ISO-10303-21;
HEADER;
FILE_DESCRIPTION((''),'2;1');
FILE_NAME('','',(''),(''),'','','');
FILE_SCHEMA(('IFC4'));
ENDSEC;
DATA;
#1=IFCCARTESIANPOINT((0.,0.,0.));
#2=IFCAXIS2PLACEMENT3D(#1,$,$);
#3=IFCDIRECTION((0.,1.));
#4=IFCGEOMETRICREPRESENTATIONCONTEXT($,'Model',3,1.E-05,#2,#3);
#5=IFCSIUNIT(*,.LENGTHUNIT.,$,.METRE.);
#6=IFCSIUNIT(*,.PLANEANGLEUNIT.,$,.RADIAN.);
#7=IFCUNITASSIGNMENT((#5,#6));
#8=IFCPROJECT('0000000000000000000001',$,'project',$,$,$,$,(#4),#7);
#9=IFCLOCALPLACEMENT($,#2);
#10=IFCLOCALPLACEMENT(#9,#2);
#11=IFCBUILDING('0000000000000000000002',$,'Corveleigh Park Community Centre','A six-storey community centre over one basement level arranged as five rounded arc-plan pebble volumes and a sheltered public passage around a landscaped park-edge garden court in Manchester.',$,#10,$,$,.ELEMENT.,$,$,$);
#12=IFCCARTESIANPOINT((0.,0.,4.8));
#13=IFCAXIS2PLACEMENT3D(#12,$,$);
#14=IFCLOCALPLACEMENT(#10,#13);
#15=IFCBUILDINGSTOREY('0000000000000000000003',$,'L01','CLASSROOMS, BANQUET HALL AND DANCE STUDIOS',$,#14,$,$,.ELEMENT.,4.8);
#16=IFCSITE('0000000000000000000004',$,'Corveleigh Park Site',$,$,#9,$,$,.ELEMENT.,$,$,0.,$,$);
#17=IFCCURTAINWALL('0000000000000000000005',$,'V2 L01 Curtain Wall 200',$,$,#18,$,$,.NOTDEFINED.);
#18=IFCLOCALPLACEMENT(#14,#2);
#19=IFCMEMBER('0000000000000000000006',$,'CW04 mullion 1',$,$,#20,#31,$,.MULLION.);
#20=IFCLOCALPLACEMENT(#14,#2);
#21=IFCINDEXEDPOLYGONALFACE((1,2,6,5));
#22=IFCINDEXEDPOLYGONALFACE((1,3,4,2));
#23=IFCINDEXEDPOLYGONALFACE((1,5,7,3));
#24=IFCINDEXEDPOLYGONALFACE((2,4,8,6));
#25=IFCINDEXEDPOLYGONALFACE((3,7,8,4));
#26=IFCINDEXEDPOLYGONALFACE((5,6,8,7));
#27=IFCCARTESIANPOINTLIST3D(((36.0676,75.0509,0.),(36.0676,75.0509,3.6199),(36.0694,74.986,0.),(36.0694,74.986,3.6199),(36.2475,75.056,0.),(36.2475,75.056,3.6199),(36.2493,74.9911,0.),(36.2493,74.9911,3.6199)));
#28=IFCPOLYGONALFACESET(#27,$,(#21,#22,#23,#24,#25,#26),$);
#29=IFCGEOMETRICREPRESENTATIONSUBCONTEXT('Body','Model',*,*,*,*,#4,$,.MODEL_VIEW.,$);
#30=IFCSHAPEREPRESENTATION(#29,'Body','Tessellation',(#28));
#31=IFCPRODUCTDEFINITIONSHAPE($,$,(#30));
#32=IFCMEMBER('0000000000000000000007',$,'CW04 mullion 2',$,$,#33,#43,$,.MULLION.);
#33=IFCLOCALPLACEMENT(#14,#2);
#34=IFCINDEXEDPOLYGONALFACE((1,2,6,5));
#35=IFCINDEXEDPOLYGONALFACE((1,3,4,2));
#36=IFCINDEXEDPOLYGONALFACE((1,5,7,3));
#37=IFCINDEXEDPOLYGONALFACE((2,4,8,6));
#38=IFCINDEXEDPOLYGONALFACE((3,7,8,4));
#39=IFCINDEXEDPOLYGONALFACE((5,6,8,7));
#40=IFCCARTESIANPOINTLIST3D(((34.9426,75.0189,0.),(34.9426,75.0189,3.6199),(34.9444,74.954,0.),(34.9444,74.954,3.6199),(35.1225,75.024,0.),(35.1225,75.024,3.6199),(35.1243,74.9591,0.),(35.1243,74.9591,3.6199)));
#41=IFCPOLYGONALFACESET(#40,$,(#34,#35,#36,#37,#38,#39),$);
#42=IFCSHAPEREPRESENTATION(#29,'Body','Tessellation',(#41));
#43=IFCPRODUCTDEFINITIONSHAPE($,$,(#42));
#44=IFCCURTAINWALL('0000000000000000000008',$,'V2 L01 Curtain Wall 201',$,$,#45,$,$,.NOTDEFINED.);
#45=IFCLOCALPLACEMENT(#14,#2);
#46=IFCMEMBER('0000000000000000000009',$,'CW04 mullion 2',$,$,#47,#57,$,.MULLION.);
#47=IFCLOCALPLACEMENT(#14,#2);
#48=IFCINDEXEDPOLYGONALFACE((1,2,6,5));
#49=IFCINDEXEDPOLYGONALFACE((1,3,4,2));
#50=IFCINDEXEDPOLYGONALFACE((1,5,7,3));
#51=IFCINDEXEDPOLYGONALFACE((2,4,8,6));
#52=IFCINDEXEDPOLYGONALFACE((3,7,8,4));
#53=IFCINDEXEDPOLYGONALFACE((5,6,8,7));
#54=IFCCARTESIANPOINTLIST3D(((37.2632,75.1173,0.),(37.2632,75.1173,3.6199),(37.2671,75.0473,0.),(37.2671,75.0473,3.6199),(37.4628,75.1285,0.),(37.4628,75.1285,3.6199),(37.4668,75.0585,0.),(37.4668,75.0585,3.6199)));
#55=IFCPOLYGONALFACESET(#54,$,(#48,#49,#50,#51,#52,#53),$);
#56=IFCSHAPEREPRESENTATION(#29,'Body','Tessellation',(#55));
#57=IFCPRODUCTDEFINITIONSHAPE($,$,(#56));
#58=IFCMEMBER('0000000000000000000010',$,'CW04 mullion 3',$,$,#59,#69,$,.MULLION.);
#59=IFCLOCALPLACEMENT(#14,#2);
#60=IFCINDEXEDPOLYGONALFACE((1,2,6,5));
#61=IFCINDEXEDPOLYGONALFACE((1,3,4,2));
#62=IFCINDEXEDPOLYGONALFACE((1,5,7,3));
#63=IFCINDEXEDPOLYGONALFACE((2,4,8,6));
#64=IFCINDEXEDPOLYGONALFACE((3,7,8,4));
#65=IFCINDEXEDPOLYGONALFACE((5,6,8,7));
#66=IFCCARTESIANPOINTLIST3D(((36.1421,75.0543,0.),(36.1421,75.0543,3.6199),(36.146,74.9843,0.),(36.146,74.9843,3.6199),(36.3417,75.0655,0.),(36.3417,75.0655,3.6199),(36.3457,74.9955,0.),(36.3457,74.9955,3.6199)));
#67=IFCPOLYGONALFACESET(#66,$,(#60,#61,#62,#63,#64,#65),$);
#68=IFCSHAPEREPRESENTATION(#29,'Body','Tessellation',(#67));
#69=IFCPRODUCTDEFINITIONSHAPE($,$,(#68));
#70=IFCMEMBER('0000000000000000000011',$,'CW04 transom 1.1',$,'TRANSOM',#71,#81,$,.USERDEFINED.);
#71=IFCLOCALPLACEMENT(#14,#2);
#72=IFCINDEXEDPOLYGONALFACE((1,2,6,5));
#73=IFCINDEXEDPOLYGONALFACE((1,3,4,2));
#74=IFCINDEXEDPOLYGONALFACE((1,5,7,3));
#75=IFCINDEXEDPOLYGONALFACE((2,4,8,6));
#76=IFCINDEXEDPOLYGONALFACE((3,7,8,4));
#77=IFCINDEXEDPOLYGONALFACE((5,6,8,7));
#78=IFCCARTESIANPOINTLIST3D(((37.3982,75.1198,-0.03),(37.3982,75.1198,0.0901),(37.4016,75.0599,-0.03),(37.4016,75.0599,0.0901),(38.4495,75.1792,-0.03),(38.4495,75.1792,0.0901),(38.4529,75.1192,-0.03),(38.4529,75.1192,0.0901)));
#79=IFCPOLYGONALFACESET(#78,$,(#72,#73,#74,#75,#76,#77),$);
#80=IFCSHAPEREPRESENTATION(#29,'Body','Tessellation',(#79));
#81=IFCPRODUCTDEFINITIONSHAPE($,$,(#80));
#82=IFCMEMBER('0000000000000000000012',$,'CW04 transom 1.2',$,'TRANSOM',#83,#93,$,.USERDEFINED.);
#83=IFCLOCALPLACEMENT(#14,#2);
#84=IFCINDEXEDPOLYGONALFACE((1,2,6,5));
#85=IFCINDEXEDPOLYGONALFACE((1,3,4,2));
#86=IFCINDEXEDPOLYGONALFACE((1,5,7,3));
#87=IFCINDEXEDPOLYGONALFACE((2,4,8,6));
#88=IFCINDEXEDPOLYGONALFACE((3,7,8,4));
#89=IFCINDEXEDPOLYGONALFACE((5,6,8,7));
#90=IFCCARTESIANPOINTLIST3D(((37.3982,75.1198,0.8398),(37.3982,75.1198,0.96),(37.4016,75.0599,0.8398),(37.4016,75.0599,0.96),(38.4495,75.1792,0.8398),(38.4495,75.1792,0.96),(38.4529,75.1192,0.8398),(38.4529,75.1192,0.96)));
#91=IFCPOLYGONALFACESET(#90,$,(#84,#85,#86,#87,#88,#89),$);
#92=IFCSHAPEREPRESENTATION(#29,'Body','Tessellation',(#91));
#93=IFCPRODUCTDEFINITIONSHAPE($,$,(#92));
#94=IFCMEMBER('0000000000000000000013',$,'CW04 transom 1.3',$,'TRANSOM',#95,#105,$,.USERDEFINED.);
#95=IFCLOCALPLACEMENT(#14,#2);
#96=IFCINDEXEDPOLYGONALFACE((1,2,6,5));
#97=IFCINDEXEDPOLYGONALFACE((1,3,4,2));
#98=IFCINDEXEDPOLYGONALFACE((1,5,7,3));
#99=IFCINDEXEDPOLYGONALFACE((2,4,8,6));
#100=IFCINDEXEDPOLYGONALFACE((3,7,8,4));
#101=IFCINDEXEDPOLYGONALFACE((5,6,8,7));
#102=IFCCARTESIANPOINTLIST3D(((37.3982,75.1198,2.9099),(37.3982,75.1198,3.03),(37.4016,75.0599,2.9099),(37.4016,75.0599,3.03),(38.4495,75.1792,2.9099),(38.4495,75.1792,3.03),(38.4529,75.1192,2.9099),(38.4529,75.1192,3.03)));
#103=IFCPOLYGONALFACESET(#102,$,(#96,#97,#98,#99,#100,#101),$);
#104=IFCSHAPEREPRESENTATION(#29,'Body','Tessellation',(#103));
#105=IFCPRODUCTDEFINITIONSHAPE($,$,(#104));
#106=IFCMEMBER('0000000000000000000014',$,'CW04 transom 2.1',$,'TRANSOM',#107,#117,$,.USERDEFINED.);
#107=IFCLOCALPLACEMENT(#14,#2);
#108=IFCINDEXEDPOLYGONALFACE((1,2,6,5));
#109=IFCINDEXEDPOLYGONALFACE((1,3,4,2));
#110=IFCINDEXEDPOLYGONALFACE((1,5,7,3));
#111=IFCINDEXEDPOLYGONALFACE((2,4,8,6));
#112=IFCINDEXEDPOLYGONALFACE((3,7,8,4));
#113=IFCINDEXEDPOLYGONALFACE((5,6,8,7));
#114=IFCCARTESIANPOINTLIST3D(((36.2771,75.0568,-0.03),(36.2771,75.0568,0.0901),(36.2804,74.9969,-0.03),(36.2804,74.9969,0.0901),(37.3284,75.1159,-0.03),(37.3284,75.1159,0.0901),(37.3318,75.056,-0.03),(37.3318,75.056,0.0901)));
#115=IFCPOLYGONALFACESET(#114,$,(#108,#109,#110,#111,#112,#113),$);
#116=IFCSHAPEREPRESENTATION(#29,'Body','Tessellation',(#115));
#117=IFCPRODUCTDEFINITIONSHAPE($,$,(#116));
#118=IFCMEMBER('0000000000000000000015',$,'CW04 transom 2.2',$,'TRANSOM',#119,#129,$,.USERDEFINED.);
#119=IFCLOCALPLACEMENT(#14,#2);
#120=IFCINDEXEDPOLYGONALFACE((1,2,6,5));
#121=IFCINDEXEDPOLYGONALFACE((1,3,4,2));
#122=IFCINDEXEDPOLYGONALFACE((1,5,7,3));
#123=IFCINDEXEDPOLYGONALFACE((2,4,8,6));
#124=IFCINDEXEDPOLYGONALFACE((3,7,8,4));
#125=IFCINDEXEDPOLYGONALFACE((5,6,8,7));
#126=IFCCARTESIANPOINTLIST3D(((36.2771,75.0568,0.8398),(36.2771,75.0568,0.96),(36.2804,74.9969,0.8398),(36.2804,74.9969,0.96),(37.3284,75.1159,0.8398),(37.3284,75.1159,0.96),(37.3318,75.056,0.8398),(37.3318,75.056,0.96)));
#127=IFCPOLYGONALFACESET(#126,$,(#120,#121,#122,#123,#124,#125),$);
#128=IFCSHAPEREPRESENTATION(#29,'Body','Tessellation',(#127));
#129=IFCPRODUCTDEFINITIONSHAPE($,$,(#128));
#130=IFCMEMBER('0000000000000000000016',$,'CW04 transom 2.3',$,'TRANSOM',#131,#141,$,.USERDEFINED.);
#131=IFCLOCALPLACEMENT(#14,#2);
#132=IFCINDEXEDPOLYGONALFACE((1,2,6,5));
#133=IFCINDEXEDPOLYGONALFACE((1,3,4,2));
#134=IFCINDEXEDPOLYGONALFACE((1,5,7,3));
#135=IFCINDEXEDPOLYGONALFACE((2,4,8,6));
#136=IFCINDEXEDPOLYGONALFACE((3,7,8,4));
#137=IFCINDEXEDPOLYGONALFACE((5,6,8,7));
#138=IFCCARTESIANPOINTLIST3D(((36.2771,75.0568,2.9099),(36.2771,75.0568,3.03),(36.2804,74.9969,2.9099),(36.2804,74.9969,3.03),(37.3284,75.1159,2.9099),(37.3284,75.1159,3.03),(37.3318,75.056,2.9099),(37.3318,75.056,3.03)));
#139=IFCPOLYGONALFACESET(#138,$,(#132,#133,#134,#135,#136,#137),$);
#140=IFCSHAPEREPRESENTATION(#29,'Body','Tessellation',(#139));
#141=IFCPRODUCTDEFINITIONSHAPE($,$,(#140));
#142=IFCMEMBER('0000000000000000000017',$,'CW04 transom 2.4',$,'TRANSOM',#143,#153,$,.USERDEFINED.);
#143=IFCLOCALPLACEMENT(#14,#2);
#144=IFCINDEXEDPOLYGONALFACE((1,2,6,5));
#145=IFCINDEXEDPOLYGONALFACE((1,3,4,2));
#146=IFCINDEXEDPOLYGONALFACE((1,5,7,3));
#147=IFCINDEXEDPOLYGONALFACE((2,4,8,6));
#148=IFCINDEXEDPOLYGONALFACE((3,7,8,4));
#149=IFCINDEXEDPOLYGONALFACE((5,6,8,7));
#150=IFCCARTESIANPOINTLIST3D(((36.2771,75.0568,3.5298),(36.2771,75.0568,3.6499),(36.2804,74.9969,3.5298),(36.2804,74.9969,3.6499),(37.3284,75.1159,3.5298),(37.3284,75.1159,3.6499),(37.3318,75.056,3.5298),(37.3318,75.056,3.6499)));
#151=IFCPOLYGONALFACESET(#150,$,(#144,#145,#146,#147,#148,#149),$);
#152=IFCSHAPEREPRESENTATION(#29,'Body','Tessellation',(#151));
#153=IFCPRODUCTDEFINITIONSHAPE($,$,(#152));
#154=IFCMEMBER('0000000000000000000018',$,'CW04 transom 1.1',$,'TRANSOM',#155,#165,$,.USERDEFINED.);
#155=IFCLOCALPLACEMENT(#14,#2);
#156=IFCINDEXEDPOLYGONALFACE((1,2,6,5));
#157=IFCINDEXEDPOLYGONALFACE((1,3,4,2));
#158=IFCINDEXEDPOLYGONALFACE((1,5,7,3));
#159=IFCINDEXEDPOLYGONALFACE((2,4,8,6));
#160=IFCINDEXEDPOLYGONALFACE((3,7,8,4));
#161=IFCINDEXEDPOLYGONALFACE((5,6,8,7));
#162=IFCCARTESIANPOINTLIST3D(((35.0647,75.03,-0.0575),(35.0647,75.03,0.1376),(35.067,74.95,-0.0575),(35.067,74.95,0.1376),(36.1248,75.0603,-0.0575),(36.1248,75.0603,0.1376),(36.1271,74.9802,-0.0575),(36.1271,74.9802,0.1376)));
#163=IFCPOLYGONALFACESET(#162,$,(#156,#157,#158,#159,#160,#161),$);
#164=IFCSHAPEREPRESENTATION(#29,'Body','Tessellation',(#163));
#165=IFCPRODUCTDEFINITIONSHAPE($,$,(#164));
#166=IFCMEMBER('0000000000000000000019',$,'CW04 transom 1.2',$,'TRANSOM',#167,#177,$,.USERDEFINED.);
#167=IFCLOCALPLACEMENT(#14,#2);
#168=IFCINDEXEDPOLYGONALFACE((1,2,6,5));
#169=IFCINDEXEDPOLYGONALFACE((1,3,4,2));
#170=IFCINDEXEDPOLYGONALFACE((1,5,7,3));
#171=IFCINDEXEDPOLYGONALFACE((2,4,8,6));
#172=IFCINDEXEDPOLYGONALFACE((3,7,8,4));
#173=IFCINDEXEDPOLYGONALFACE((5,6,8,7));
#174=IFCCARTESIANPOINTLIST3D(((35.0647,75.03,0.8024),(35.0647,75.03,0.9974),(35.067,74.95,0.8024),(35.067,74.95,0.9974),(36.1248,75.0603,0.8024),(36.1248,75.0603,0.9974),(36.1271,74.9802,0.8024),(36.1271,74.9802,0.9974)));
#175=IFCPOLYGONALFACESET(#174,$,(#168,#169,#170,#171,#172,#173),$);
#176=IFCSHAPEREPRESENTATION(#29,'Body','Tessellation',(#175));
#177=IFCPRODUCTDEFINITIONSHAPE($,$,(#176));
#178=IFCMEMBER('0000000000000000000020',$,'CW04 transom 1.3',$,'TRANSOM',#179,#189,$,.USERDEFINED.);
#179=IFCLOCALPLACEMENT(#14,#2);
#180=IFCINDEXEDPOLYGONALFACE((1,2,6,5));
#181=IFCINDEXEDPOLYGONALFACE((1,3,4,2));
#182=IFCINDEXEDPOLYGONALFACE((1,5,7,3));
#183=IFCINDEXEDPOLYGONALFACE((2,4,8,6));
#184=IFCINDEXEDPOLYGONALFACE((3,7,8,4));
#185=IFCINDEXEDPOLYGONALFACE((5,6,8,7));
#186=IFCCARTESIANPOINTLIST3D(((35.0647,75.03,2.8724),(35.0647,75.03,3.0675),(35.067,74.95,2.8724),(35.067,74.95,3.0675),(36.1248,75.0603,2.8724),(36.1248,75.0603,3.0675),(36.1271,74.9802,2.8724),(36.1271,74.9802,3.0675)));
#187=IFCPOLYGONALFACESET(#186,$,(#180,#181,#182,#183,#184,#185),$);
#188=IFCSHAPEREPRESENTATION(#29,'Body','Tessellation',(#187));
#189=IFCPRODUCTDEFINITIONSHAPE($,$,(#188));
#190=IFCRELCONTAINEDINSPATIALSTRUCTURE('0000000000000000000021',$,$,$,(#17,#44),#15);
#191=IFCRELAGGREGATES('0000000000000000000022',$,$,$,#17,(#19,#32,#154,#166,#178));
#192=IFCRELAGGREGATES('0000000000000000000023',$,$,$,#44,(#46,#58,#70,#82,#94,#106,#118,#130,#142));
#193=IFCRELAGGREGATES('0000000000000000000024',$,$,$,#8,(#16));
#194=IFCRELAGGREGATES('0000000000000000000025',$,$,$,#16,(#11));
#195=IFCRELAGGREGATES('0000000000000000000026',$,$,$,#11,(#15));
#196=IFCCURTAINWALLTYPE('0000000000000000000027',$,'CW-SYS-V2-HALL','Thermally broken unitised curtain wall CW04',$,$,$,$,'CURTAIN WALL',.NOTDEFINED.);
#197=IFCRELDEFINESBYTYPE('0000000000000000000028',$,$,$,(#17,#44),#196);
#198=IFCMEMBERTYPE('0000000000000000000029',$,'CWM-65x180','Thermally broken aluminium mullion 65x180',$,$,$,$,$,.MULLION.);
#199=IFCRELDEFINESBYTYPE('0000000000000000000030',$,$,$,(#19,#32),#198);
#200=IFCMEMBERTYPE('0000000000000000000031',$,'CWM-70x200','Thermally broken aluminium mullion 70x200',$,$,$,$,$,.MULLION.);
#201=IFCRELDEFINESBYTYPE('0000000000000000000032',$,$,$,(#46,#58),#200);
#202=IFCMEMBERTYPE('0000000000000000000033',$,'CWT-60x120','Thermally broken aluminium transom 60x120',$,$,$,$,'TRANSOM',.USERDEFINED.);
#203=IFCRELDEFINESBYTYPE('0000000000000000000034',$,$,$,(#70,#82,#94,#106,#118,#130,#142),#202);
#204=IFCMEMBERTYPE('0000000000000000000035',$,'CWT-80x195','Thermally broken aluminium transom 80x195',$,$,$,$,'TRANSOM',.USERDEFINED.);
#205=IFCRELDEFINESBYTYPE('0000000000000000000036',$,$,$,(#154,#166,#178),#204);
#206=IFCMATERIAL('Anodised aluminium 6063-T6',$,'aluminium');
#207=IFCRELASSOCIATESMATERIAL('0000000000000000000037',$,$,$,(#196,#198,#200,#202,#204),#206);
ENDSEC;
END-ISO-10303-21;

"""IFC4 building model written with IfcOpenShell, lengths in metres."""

from ifc_helpers import new_model, si_unit, direction, frame, origin, origin_2d, place, context, subcontext, project, spatial, rectangle, extrude, material, material_profile, profile_set, type_object, element, aggregate, save


model = new_model("IFC4")

# Units and contexts
model_context = context("Model", 3, precision=1e-05, world=origin(), true_north=direction((0.0, 1.0)))
body_context = subcontext(model_context, "Body", "Model", "MODEL_VIEW")
ifc_project = project(units=[si_unit("LENGTHUNIT", "METRE"), si_unit("PLANEANGLEUNIT", "RADIAN")], contexts=[model_context])

# Site, building, storey
site_placement = place(None, origin())
site = spatial("IfcSite", under=ifc_project, at=site_placement, Name="Corveleigh Park Site", CompositionType="ELEMENT", RefElevation=0.0)
building_placement = place(site_placement, origin())
building = spatial("IfcBuilding", under=site, at=building_placement, Name="Corveleigh Park Community Centre", Description="A six-storey community centre over one basement level arranged as five rounded arc-plan pebble volumes and a sheltered public passage around a landscaped park-edge garden court in Manchester.", CompositionType="ELEMENT")
storey_placement = place(building_placement, frame((0.0, 0.0, 4.8)))
storey = spatial("IfcBuildingStorey", under=building, at=storey_placement, Name="L01", Description="CLASSROOMS, BANQUET HALL AND DANCE STUDIOS", CompositionType="ELEMENT", Elevation=4.8)

# Curtain walls, members
ifc_material_1 = material(Name="Anodised aluminium 6063-T6", Category="aluminium")
curtain_wall_type = type_object("IfcCurtainWallType", Name="CW-SYS-V2-HALL", Description="Thermally broken unitised curtain wall CW04", ElementType="CURTAIN WALL", PredefinedType="NOTDEFINED", material=ifc_material_1)
curtain_wall_1_placement = place(storey_placement, origin())
curtain_wall_1 = element("IfcCurtainWall", 1, at=curtain_wall_1_placement, inside=storey, type_object=curtain_wall_type, Name="V2 L01 Curtain Wall 200", PredefinedType="NOTDEFINED")
ifc_material_profile_1 = material_profile(ifc_material_1, rectangle(XDim=0.0649, YDim=0.1799, at=origin_2d()), Name="ALU-M65x180", Category="aluminium")
ifc_profile_set_1 = profile_set([ifc_material_profile_1], Name="Anodised aluminium 6063-T6")
member_type_1 = type_object("IfcMemberType", Name="CWM-65x180", Description="Thermally broken aluminium mullion 65x180", PredefinedType="MULLION", material=ifc_profile_set_1)
member_1_placement = place(storey_placement, frame((36.1584, 75.021, 0.0), z_axis=(0.0, 0.0, 1.0), x_axis=(0.028498, -0.999594, 0.0)))
member_1 = element("IfcMember", 2, at=member_1_placement, type_object=member_type_1, Name="CW04 mullion 1", PredefinedType="MULLION", context=body_context, shape_type="SweptSolid", body=[
    extrude(rectangle(XDim=0.0649, YDim=0.1799, at=origin_2d()), origin(), (0.0, 0.0, 1.0), 3.6199),
])
member_2_placement = place(storey_placement, frame((35.0334, 74.989, 0.0), z_axis=(0.0, 0.0, 1.0), x_axis=(0.028498, -0.999594, 0.0)))
member_2 = element("IfcMember", 3, at=member_2_placement, type_object=member_type_1, Name="CW04 mullion 2", PredefinedType="MULLION", context=body_context, shape_type="SweptSolid", body=[
    extrude(rectangle(XDim=0.0649, YDim=0.1799, at=origin_2d()), origin(), (0.0, 0.0, 1.0), 3.6199),
])
curtain_wall_2_placement = place(storey_placement, origin())
curtain_wall_2 = element("IfcCurtainWall", 4, at=curtain_wall_2_placement, inside=storey, type_object=curtain_wall_type, Name="V2 L01 Curtain Wall 201", PredefinedType="NOTDEFINED")
ifc_material_profile_2 = material_profile(ifc_material_1, rectangle(XDim=0.0701, YDim=0.2, at=origin_2d()), Name="ALU-M70x200", Category="aluminium")
ifc_profile_set_2 = profile_set([ifc_material_profile_2], Name="Anodised aluminium 6063-T6")
member_type_2 = type_object("IfcMemberType", Name="CWM-70x200", Description="Thermally broken aluminium mullion 70x200", PredefinedType="MULLION", material=ifc_profile_set_2)
member_3_placement = place(storey_placement, frame((37.365, 75.0879, 0.0), z_axis=(0.0, 0.0, 1.0), x_axis=(0.05614, -0.998423, 0.0)))
member_3 = element("IfcMember", 5, at=member_3_placement, type_object=member_type_2, Name="CW04 mullion 2", PredefinedType="MULLION", context=body_context, shape_type="SweptSolid", body=[
    extrude(rectangle(XDim=0.0701, YDim=0.2, at=origin_2d()), origin(), (0.0, 0.0, 1.0), 3.6199),
])
member_4_placement = place(storey_placement, frame((36.2439, 75.0249, 0.0), z_axis=(0.0, 0.0, 1.0), x_axis=(0.05614, -0.998423, 0.0)))
member_4 = element("IfcMember", 6, at=member_4_placement, type_object=member_type_2, Name="CW04 mullion 3", PredefinedType="MULLION", context=body_context, shape_type="SweptSolid", body=[
    extrude(rectangle(XDim=0.0701, YDim=0.2, at=origin_2d()), origin(), (0.0, 0.0, 1.0), 3.6199),
])
ifc_material_profile_3 = material_profile(ifc_material_1, rectangle(XDim=0.0601, YDim=0.1201, at=origin_2d()), Name="ALU-T60x120", Category="aluminium")
ifc_profile_set_3 = profile_set([ifc_material_profile_3], Name="Anodised aluminium 6063-T6")
member_type_3 = type_object("IfcMemberType", Name="CWT-60x120", Description="Thermally broken aluminium transom 60x120", ElementType="TRANSOM", PredefinedType="USERDEFINED", material=ifc_profile_set_3)
member_5_placement = place(storey_placement, frame((38.4512, 75.1492, 0.03), z_axis=(-0.998411, -0.056343, 0.0), x_axis=(0.056343, -0.998411, 0.0)))
member_5 = element("IfcMember", 7, at=member_5_placement, type_object=member_type_3, Name="CW04 transom 1.1", ObjectType="TRANSOM", PredefinedType="USERDEFINED", context=body_context, shape_type="SweptSolid", body=[
    extrude(rectangle(XDim=0.0601, YDim=0.1201, at=origin_2d()), origin(), (0.0, 0.0, 1.0), 1.053),
])
member_6_placement = place(storey_placement, frame((38.4512, 75.1492, 0.8999), z_axis=(-0.998411, -0.056343, 0.0), x_axis=(0.056343, -0.998411, 0.0)))
member_6 = element("IfcMember", 8, at=member_6_placement, type_object=member_type_3, Name="CW04 transom 1.2", ObjectType="TRANSOM", PredefinedType="USERDEFINED", context=body_context, shape_type="SweptSolid", body=[
    extrude(rectangle(XDim=0.0601, YDim=0.1201, at=origin_2d()), origin(), (0.0, 0.0, 1.0), 1.053),
])
member_7_placement = place(storey_placement, frame((38.4512, 75.1492, 2.97), z_axis=(-0.998411, -0.056343, 0.0), x_axis=(0.056343, -0.998411, 0.0)))
member_7 = element("IfcMember", 9, at=member_7_placement, type_object=member_type_3, Name="CW04 transom 1.3", ObjectType="TRANSOM", PredefinedType="USERDEFINED", context=body_context, shape_type="SweptSolid", body=[
    extrude(rectangle(XDim=0.0601, YDim=0.1201, at=origin_2d()), origin(), (0.0, 0.0, 1.0), 1.053),
])
member_8_placement = place(storey_placement, frame((37.3301, 75.0859, 0.03), z_axis=(-0.998424, -0.056112, 0.0), x_axis=(0.056112, -0.998424, 0.0)))
member_8 = element("IfcMember", 10, at=member_8_placement, type_object=member_type_3, Name="CW04 transom 2.1", ObjectType="TRANSOM", PredefinedType="USERDEFINED", context=body_context, shape_type="SweptSolid", body=[
    extrude(rectangle(XDim=0.0601, YDim=0.1201, at=origin_2d()), origin(), (0.0, 0.0, 1.0), 1.053),
])
member_9_placement = place(storey_placement, frame((37.3301, 75.0859, 0.8999), z_axis=(-0.998424, -0.056112, 0.0), x_axis=(0.056112, -0.998424, 0.0)))
member_9 = element("IfcMember", 11, at=member_9_placement, type_object=member_type_3, Name="CW04 transom 2.2", ObjectType="TRANSOM", PredefinedType="USERDEFINED", context=body_context, shape_type="SweptSolid", body=[
    extrude(rectangle(XDim=0.0601, YDim=0.1201, at=origin_2d()), origin(), (0.0, 0.0, 1.0), 1.053),
])
member_10_placement = place(storey_placement, frame((37.3301, 75.0859, 2.97), z_axis=(-0.998424, -0.056112, 0.0), x_axis=(0.056112, -0.998424, 0.0)))
member_10 = element("IfcMember", 12, at=member_10_placement, type_object=member_type_3, Name="CW04 transom 2.3", ObjectType="TRANSOM", PredefinedType="USERDEFINED", context=body_context, shape_type="SweptSolid", body=[
    extrude(rectangle(XDim=0.0601, YDim=0.1201, at=origin_2d()), origin(), (0.0, 0.0, 1.0), 1.053),
])
member_11_placement = place(storey_placement, frame((37.3301, 75.0859, 3.5898), z_axis=(-0.998424, -0.056112, 0.0), x_axis=(0.056112, -0.998424, 0.0)))
member_11 = element("IfcMember", 13, at=member_11_placement, type_object=member_type_3, Name="CW04 transom 2.4", ObjectType="TRANSOM", PredefinedType="USERDEFINED", context=body_context, shape_type="SweptSolid", body=[
    extrude(rectangle(XDim=0.0601, YDim=0.1201, at=origin_2d()), origin(), (0.0, 0.0, 1.0), 1.053),
])

# Members
ifc_material_profile_4 = material_profile(ifc_material_1, rectangle(XDim=0.0801, YDim=0.1951, at=origin_2d()), Name="ALU-T80x195", Category="aluminium")
ifc_profile_set_4 = profile_set([ifc_material_profile_4], Name="Anodised aluminium 6063-T6")
member_type_4 = type_object("IfcMemberType", Name="CWT-80x195", Description="Thermally broken aluminium transom 80x195", ElementType="TRANSOM", PredefinedType="USERDEFINED", material=ifc_profile_set_4)
member_12_placement = place(storey_placement, frame((36.126, 75.0203, 0.04), z_axis=(-0.999592, -0.028547, 0.0), x_axis=(0.028547, -0.999592, 0.0)))
member_12 = element("IfcMember", 14, at=member_12_placement, type_object=member_type_4, Name="CW04 transom 1.1", ObjectType="TRANSOM", PredefinedType="USERDEFINED", context=body_context, shape_type="SweptSolid", body=[
    extrude(rectangle(XDim=0.0801, YDim=0.1951, at=origin_2d()), origin(), (0.0, 0.0, 1.0), 1.0605),
])
member_13_placement = place(storey_placement, frame((36.126, 75.0203, 0.8999), z_axis=(-0.999592, -0.028547, 0.0), x_axis=(0.028547, -0.999592, 0.0)))
member_13 = element("IfcMember", 15, at=member_13_placement, type_object=member_type_4, Name="CW04 transom 1.2", ObjectType="TRANSOM", PredefinedType="USERDEFINED", context=body_context, shape_type="SweptSolid", body=[
    extrude(rectangle(XDim=0.0801, YDim=0.1951, at=origin_2d()), origin(), (0.0, 0.0, 1.0), 1.0605),
])
member_14_placement = place(storey_placement, frame((36.126, 75.0203, 2.97), z_axis=(-0.999592, -0.028547, 0.0), x_axis=(0.028547, -0.999592, 0.0)))
member_14 = element("IfcMember", 16, at=member_14_placement, type_object=member_type_4, Name="CW04 transom 1.3", ObjectType="TRANSOM", PredefinedType="USERDEFINED", context=body_context, shape_type="SweptSolid", body=[
    extrude(rectangle(XDim=0.0801, YDim=0.1951, at=origin_2d()), origin(), (0.0, 0.0, 1.0), 1.0605),
])

aggregate(curtain_wall_1, [member_1, member_2, member_12, member_13, member_14])
aggregate(curtain_wall_2, [member_3, member_4, member_5, member_6, member_7, member_8, member_9, member_10, member_11])

save(model, "model.ifc")
